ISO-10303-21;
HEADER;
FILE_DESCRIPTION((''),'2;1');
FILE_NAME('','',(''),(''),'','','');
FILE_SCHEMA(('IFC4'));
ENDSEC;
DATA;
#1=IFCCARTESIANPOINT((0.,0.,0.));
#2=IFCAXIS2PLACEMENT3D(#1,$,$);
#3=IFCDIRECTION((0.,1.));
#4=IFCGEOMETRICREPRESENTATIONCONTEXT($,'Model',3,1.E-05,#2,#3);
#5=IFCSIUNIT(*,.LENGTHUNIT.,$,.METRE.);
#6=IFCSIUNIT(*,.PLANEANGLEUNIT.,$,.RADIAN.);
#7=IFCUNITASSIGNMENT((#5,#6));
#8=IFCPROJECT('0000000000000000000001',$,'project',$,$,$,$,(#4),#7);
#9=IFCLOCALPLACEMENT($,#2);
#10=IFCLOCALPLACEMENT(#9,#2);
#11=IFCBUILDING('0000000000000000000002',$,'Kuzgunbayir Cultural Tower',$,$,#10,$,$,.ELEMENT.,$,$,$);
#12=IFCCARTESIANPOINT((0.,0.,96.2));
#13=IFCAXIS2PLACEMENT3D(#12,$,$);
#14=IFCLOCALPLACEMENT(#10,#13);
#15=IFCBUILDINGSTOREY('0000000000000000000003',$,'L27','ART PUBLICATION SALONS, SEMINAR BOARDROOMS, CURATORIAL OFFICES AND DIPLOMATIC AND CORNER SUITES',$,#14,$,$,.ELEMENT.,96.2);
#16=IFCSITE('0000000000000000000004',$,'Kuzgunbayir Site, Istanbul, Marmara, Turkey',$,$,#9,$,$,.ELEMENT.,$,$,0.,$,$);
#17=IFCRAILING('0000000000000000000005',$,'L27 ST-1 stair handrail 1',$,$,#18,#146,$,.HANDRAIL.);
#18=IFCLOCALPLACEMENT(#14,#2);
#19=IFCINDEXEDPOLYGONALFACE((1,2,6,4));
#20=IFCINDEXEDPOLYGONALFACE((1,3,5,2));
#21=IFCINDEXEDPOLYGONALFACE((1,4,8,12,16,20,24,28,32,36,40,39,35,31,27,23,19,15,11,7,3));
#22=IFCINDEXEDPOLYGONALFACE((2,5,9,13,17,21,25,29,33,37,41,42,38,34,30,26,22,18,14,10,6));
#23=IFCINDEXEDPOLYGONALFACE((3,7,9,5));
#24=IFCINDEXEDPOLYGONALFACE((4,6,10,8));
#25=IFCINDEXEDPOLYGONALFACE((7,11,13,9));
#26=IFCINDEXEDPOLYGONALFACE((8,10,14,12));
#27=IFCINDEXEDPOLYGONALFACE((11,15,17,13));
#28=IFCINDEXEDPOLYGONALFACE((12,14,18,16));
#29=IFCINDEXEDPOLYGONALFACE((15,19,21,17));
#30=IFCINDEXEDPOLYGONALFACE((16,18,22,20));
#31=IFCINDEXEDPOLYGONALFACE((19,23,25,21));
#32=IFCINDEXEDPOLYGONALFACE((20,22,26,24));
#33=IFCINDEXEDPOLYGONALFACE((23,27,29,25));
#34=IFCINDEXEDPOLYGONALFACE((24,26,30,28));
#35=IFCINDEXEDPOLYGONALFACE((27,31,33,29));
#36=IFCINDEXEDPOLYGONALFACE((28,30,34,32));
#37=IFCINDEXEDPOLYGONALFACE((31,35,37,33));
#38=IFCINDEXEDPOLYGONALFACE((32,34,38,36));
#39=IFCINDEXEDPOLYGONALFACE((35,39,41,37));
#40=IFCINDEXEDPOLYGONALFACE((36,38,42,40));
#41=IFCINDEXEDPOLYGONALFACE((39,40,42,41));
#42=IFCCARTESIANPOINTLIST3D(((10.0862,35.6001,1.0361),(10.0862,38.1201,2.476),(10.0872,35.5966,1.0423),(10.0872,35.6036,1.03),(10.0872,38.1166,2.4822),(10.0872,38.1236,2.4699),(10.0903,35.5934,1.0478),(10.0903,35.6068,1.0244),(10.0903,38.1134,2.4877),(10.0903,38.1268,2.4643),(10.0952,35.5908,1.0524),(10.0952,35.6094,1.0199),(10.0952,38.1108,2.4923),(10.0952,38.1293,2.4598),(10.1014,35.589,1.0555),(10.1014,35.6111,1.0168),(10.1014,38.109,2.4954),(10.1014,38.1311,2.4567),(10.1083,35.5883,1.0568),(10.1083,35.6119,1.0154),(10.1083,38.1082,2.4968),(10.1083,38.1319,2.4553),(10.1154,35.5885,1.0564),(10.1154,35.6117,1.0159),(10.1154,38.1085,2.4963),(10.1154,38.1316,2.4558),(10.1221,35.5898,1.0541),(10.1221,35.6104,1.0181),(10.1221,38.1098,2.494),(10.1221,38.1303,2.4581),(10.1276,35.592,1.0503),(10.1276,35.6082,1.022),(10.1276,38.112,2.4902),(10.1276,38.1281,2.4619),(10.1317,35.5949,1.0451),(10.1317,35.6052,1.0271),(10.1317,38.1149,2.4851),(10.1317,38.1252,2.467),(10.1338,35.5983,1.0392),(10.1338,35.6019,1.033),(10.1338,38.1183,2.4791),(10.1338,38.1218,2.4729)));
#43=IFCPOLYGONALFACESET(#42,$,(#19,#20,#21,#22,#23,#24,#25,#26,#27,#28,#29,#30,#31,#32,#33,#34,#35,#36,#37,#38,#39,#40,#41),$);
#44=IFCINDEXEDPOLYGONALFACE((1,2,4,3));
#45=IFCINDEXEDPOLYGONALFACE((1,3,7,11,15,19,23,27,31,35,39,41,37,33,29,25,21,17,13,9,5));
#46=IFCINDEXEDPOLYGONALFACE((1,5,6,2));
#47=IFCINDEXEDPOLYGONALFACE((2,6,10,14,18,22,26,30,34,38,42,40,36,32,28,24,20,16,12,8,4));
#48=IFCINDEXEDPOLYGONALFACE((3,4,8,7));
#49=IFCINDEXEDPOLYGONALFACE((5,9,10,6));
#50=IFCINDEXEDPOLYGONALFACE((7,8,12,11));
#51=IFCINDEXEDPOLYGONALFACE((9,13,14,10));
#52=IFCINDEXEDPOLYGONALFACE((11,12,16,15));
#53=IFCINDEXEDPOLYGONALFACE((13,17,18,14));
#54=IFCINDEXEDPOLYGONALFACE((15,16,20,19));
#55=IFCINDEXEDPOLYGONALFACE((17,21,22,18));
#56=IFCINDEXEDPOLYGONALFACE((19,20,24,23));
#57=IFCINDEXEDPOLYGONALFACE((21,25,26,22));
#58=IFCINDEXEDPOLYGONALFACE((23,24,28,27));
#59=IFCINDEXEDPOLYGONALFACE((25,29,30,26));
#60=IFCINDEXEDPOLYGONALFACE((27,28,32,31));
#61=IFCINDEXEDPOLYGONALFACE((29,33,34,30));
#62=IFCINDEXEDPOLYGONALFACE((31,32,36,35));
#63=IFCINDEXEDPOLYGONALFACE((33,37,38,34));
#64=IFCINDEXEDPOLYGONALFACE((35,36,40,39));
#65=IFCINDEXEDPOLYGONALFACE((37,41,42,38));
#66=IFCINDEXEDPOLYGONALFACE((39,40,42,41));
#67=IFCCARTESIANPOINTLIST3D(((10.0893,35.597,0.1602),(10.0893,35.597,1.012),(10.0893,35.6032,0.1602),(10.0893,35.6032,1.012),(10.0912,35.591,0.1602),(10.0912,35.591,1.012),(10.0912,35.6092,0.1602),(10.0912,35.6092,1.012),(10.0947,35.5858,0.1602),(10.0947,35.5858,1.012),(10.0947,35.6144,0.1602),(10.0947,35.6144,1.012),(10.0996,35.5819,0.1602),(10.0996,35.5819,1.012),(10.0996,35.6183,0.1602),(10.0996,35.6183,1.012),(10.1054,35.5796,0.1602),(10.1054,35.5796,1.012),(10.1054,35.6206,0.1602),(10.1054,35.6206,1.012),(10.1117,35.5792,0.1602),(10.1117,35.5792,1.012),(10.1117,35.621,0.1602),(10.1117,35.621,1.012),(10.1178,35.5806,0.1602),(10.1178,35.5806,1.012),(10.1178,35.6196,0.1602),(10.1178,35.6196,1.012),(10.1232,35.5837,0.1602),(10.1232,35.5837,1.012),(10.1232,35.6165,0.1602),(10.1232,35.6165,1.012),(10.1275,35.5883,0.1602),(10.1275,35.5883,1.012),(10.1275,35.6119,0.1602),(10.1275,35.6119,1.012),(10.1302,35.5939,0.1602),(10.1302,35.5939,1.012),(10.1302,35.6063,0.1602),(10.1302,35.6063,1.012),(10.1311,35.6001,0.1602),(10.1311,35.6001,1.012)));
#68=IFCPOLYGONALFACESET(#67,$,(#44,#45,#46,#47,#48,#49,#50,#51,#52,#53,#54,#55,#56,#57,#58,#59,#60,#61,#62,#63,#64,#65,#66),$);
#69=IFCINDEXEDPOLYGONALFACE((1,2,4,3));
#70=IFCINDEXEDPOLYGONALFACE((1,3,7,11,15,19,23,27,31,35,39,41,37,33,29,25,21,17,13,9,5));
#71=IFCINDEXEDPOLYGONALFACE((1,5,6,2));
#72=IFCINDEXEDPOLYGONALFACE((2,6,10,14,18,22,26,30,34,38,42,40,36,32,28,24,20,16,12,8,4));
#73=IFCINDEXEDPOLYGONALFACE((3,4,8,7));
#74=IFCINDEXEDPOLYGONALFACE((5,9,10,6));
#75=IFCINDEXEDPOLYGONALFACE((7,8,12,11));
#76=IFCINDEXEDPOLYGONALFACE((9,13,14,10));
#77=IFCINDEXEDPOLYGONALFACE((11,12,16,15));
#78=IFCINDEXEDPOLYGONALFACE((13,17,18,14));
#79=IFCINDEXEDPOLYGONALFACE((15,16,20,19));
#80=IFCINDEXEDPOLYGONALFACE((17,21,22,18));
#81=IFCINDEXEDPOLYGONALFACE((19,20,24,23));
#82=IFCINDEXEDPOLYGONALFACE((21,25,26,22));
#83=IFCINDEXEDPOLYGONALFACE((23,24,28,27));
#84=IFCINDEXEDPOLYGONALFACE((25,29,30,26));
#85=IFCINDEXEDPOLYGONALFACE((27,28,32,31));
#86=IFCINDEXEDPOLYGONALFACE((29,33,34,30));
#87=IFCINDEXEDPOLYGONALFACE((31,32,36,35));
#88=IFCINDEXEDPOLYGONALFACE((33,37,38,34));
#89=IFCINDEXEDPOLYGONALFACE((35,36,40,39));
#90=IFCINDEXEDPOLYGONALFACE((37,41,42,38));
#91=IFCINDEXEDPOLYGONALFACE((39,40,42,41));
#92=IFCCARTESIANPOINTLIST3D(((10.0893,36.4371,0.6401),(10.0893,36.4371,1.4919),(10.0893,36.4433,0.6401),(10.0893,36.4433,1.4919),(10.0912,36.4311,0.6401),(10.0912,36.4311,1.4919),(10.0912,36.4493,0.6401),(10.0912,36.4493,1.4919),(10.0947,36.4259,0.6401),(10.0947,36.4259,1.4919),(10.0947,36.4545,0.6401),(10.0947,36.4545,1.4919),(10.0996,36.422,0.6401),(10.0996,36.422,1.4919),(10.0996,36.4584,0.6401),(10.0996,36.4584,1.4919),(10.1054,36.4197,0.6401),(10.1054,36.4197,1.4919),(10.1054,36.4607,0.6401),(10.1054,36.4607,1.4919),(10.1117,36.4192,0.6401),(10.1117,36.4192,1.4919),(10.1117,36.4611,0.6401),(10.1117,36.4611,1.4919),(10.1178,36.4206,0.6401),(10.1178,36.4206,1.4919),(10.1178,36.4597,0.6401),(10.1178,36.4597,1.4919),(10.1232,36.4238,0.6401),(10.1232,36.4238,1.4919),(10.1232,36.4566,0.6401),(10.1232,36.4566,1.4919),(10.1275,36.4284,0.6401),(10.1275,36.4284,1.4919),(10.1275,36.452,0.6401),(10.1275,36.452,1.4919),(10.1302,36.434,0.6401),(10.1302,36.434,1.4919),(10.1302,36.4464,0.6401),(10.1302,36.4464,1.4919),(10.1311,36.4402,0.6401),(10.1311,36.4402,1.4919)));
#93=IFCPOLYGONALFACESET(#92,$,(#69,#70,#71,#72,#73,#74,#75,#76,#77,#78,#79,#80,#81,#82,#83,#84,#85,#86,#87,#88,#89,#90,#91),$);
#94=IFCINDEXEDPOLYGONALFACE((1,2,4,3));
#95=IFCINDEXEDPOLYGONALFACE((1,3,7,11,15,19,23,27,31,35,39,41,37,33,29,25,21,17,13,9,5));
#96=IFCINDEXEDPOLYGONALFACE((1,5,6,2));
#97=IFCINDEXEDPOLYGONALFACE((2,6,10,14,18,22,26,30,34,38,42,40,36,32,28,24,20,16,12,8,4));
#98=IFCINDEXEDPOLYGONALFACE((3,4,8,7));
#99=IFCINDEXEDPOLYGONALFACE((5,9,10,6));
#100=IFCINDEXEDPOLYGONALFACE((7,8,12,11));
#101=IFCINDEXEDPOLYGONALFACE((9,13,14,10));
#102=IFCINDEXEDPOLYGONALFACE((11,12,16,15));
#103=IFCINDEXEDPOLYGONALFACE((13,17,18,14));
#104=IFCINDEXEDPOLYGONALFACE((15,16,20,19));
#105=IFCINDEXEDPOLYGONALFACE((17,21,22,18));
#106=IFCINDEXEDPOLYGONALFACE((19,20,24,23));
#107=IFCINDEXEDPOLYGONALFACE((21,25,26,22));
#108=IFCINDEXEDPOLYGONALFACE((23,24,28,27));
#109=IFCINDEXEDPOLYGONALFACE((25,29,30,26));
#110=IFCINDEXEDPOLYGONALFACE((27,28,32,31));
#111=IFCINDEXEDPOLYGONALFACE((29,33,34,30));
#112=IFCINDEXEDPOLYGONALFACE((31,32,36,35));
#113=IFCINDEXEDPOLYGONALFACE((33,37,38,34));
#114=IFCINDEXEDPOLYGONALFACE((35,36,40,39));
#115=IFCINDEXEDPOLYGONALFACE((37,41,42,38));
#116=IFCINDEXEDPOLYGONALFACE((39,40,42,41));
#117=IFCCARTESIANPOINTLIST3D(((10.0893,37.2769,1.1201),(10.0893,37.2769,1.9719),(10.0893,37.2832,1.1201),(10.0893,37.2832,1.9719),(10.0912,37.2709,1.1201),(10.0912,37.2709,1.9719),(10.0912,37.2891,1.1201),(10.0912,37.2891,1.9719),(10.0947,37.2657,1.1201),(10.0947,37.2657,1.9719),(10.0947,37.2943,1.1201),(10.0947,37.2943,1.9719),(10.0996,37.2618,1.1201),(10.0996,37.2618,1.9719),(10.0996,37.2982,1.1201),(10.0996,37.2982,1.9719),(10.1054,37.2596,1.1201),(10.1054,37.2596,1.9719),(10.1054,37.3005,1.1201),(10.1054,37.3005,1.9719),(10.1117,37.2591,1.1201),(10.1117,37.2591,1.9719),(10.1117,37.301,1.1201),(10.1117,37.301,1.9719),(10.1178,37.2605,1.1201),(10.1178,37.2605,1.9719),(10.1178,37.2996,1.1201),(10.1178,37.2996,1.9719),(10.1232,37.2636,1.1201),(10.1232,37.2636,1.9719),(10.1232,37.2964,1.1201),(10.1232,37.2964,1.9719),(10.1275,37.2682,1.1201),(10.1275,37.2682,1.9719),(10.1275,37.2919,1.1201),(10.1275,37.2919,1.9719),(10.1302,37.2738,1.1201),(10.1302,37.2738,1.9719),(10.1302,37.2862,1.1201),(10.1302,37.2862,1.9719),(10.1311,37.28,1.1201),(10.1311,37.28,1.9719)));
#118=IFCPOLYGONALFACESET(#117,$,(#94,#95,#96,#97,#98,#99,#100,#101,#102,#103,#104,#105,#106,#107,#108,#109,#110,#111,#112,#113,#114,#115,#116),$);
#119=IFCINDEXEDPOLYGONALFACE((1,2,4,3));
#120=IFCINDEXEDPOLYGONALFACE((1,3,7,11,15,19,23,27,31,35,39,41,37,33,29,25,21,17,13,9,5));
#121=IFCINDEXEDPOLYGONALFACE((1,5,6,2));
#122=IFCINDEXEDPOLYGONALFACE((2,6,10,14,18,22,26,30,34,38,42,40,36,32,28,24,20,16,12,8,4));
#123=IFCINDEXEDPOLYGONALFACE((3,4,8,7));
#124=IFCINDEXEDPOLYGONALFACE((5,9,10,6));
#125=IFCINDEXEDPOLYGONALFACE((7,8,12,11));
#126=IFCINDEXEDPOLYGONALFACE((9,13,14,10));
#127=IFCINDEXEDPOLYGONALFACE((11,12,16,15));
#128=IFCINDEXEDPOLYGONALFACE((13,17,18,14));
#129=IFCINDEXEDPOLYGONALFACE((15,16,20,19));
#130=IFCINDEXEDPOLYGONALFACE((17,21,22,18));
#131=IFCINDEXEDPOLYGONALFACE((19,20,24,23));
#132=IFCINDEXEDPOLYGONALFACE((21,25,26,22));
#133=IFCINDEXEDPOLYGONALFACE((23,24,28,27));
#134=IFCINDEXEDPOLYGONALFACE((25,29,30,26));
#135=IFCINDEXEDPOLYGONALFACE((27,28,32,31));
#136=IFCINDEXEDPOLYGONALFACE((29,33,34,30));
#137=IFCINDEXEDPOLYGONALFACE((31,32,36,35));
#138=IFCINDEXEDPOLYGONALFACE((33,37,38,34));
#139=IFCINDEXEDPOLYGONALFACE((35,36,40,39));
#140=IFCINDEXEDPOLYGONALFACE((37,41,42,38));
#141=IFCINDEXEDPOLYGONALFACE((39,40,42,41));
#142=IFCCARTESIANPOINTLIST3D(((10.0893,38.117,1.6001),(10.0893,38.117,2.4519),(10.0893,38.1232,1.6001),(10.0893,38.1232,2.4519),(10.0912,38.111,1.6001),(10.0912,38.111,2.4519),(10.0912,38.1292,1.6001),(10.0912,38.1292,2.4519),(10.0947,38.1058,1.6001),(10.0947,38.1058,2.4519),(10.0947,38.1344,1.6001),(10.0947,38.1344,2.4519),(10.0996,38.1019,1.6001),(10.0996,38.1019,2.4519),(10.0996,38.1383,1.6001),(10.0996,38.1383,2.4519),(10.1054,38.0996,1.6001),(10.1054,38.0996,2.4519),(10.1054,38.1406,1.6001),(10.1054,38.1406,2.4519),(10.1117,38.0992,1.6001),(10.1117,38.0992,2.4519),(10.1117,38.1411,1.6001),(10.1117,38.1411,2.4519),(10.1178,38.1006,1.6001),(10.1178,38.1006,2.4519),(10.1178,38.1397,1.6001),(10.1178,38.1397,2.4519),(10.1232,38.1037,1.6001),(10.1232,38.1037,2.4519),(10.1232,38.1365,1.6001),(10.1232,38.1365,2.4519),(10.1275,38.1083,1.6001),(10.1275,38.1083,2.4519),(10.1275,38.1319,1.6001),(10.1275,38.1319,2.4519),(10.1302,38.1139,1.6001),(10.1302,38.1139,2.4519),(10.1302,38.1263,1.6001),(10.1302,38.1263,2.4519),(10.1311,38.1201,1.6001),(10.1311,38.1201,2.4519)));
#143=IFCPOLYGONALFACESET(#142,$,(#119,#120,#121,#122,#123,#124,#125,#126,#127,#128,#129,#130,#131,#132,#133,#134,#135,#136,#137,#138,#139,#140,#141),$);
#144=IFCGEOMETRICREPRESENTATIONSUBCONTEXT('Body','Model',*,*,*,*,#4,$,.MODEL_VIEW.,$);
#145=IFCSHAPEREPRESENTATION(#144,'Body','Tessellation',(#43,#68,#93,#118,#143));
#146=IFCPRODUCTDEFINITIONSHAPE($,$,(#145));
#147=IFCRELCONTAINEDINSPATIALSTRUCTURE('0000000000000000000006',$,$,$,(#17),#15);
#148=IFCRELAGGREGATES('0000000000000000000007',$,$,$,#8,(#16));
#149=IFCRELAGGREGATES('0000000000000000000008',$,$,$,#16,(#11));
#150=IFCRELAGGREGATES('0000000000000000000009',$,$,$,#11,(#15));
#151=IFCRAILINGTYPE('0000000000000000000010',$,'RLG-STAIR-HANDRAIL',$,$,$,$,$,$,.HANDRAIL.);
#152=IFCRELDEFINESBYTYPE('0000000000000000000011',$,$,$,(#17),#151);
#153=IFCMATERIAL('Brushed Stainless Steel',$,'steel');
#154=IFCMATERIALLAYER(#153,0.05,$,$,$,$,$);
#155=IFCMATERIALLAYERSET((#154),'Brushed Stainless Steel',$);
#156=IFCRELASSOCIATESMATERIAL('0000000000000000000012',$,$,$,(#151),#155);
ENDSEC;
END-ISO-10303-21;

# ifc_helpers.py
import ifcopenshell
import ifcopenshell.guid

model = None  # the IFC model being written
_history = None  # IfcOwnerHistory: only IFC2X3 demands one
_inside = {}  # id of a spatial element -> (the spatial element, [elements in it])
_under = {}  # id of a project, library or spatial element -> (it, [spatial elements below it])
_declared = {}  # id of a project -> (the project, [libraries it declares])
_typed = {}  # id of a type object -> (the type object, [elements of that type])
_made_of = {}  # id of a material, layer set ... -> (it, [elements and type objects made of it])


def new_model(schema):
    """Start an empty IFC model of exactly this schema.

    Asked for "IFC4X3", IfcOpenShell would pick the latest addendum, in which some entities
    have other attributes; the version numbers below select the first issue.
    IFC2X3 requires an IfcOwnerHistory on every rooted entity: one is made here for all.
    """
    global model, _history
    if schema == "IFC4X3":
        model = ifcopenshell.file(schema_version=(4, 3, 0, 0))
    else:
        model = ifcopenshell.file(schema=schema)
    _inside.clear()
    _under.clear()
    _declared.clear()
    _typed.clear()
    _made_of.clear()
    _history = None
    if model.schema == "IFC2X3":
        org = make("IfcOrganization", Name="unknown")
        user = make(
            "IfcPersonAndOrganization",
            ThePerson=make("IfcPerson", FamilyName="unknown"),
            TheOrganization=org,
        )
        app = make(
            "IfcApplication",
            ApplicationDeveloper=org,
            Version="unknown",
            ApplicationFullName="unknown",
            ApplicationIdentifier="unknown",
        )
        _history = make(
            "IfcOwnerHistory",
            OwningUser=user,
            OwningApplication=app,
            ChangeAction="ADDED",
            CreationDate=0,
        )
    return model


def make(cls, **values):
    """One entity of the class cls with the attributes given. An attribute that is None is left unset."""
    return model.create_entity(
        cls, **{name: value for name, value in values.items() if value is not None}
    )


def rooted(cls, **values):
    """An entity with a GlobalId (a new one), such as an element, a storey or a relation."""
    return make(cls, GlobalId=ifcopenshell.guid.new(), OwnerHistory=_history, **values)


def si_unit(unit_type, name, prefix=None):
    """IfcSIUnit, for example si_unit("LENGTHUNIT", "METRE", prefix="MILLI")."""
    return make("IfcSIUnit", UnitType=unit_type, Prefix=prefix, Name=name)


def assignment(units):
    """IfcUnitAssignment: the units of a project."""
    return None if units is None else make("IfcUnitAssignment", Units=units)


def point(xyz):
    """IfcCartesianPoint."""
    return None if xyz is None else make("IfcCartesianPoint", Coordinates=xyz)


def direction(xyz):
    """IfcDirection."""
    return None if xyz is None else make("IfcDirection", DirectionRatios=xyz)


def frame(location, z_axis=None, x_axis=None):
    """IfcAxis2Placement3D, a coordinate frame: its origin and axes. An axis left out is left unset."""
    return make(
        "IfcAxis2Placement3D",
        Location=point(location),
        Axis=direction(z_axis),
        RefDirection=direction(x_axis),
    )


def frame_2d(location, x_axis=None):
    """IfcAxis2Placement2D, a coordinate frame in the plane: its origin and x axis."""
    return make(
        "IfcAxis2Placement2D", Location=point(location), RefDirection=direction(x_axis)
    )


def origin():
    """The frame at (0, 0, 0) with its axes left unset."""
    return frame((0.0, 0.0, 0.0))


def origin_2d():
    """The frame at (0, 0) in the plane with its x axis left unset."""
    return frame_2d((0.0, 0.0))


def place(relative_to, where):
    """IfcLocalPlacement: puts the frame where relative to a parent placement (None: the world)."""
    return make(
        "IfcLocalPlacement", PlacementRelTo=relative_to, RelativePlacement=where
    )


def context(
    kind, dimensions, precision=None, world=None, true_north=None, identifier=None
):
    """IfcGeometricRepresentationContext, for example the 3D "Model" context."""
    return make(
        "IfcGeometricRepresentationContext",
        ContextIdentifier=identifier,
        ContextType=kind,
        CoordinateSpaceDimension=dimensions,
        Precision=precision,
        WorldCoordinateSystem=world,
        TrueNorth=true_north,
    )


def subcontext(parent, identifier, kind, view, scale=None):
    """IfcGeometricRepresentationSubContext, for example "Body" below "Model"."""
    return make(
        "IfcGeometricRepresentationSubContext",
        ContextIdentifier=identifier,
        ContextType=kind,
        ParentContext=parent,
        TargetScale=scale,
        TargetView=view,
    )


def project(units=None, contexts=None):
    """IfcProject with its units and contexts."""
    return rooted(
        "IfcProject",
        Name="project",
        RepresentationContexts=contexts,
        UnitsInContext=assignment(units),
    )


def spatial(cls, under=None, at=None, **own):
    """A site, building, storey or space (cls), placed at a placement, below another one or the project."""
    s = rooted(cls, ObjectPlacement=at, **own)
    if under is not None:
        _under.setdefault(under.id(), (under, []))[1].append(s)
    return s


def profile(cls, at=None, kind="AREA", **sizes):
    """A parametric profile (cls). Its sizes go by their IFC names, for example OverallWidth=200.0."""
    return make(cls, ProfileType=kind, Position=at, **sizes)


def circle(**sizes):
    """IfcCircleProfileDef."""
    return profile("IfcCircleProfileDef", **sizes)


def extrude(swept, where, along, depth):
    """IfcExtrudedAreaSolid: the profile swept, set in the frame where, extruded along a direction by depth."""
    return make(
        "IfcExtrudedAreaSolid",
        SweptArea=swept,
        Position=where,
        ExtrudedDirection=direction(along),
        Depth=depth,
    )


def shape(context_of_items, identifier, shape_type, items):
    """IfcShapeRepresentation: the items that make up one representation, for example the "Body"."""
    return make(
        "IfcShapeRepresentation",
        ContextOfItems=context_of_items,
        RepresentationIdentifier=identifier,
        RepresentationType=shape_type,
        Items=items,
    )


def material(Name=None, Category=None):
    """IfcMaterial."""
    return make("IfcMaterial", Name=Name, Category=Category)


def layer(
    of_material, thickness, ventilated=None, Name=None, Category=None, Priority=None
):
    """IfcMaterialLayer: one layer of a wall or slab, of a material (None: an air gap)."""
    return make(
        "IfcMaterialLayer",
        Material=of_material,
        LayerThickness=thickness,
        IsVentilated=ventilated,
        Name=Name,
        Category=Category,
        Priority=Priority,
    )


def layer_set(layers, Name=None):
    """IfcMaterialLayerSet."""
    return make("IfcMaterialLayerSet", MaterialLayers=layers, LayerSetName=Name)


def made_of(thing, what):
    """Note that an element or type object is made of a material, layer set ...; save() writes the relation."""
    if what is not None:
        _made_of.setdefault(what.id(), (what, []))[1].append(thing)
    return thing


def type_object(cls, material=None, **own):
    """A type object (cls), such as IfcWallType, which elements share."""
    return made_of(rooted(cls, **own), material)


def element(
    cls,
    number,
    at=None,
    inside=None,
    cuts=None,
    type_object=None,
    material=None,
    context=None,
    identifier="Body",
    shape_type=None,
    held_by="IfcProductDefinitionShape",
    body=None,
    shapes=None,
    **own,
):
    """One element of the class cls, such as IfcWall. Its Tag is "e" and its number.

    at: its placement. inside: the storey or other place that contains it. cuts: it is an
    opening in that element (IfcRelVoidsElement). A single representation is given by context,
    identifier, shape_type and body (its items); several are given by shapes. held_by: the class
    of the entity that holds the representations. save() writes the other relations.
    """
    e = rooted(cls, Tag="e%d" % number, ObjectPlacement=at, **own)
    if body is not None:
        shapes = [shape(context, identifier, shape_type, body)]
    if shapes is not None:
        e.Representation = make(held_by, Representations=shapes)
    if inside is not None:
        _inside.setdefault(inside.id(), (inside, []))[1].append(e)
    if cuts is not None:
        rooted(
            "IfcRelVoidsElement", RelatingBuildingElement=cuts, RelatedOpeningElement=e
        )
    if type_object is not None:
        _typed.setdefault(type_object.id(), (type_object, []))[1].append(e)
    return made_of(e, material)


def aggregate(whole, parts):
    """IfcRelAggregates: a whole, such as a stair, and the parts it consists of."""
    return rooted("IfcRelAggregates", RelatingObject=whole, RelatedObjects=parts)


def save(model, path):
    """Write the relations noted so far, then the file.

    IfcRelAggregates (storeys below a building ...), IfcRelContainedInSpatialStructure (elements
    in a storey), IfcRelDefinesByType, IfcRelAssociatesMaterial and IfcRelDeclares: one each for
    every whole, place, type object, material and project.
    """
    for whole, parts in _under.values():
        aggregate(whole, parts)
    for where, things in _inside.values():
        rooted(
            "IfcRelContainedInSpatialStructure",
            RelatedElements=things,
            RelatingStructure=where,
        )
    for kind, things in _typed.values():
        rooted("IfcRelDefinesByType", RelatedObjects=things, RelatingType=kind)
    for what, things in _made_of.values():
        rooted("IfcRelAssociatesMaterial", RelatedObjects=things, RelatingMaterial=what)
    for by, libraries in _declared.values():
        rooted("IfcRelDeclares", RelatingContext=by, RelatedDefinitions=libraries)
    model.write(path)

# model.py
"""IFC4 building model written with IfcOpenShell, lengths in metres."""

from ifc_helpers import new_model, si_unit, direction, frame, origin, origin_2d, place, context, subcontext, project, spatial, circle, extrude, material, layer, layer_set, type_object, element, save


model = new_model("IFC4")

# Units and contexts
model_context = context("Model", 3, precision=1e-05, world=origin(), true_north=direction((0.0, 1.0)))
body_context = subcontext(model_context, "Body", "Model", "MODEL_VIEW")
ifc_project = project(units=[si_unit("LENGTHUNIT", "METRE"), si_unit("PLANEANGLEUNIT", "RADIAN")], contexts=[model_context])

# Site, building, storey
site_placement = place(None, origin())
site = spatial("IfcSite", under=ifc_project, at=site_placement, Name="Kuzgunbayir Site, Istanbul, Marmara, Turkey", CompositionType="ELEMENT", RefElevation=0.0)
building_placement = place(site_placement, origin())
building = spatial("IfcBuilding", under=site, at=building_placement, Name="Kuzgunbayir Cultural Tower", CompositionType="ELEMENT")
storey_placement = place(building_placement, frame((0.0, 0.0, 96.2)))
storey = spatial("IfcBuildingStorey", under=building, at=storey_placement, Name="L27", Description="ART PUBLICATION SALONS, SEMINAR BOARDROOMS, CURATORIAL OFFICES AND DIPLOMATIC AND CORNER SUITES", CompositionType="ELEMENT", Elevation=96.2)

# Shared definitions
ifc_material_1 = material(Name="Brushed Stainless Steel", Category="steel")

# Railing
ifc_layer_1 = layer(ifc_material_1, 0.05)
ifc_layer_set_1 = layer_set([ifc_layer_1], Name="Brushed Stainless Steel")
railing_type_1 = type_object("IfcRailingType", Name="RLG-STAIR-HANDRAIL", PredefinedType="HANDRAIL", material=ifc_layer_set_1)
railing_1_placement = place(storey_placement, frame((10.1101, 35.6001, 0.1602)))
element("IfcRailing", 1, at=railing_1_placement, inside=storey, type_object=railing_type_1, Name="L27 ST-1 stair handrail 1", PredefinedType="HANDRAIL", context=body_context, shape_type="SweptSolid", body=[
    extrude(circle(Radius=0.0239, at=origin_2d()), frame((0.0, 0.0, 0.876), z_axis=(0.0, 0.868253, 0.496121), x_axis=(-1.0, 0.0, 0.0)), (0.0, 0.0, 1.0), 2.9023),
    extrude(circle(Radius=0.021, at=origin_2d()), origin(), (0.0, 0.0, 1.0), 0.8518),
    extrude(circle(Radius=0.021, at=origin_2d()), frame((0.0, 0.8401, 0.48)), (0.0, 0.0, 1.0), 0.8518),
    extrude(circle(Radius=0.021, at=origin_2d()), frame((0.0, 1.6799, 0.96)), (0.0, 0.0, 1.0), 0.8518),
    extrude(circle(Radius=0.021, at=origin_2d()), frame((0.0, 2.52, 1.4399)), (0.0, 0.0, 1.0), 0.8518),
])

save(model, "model.ifc")
